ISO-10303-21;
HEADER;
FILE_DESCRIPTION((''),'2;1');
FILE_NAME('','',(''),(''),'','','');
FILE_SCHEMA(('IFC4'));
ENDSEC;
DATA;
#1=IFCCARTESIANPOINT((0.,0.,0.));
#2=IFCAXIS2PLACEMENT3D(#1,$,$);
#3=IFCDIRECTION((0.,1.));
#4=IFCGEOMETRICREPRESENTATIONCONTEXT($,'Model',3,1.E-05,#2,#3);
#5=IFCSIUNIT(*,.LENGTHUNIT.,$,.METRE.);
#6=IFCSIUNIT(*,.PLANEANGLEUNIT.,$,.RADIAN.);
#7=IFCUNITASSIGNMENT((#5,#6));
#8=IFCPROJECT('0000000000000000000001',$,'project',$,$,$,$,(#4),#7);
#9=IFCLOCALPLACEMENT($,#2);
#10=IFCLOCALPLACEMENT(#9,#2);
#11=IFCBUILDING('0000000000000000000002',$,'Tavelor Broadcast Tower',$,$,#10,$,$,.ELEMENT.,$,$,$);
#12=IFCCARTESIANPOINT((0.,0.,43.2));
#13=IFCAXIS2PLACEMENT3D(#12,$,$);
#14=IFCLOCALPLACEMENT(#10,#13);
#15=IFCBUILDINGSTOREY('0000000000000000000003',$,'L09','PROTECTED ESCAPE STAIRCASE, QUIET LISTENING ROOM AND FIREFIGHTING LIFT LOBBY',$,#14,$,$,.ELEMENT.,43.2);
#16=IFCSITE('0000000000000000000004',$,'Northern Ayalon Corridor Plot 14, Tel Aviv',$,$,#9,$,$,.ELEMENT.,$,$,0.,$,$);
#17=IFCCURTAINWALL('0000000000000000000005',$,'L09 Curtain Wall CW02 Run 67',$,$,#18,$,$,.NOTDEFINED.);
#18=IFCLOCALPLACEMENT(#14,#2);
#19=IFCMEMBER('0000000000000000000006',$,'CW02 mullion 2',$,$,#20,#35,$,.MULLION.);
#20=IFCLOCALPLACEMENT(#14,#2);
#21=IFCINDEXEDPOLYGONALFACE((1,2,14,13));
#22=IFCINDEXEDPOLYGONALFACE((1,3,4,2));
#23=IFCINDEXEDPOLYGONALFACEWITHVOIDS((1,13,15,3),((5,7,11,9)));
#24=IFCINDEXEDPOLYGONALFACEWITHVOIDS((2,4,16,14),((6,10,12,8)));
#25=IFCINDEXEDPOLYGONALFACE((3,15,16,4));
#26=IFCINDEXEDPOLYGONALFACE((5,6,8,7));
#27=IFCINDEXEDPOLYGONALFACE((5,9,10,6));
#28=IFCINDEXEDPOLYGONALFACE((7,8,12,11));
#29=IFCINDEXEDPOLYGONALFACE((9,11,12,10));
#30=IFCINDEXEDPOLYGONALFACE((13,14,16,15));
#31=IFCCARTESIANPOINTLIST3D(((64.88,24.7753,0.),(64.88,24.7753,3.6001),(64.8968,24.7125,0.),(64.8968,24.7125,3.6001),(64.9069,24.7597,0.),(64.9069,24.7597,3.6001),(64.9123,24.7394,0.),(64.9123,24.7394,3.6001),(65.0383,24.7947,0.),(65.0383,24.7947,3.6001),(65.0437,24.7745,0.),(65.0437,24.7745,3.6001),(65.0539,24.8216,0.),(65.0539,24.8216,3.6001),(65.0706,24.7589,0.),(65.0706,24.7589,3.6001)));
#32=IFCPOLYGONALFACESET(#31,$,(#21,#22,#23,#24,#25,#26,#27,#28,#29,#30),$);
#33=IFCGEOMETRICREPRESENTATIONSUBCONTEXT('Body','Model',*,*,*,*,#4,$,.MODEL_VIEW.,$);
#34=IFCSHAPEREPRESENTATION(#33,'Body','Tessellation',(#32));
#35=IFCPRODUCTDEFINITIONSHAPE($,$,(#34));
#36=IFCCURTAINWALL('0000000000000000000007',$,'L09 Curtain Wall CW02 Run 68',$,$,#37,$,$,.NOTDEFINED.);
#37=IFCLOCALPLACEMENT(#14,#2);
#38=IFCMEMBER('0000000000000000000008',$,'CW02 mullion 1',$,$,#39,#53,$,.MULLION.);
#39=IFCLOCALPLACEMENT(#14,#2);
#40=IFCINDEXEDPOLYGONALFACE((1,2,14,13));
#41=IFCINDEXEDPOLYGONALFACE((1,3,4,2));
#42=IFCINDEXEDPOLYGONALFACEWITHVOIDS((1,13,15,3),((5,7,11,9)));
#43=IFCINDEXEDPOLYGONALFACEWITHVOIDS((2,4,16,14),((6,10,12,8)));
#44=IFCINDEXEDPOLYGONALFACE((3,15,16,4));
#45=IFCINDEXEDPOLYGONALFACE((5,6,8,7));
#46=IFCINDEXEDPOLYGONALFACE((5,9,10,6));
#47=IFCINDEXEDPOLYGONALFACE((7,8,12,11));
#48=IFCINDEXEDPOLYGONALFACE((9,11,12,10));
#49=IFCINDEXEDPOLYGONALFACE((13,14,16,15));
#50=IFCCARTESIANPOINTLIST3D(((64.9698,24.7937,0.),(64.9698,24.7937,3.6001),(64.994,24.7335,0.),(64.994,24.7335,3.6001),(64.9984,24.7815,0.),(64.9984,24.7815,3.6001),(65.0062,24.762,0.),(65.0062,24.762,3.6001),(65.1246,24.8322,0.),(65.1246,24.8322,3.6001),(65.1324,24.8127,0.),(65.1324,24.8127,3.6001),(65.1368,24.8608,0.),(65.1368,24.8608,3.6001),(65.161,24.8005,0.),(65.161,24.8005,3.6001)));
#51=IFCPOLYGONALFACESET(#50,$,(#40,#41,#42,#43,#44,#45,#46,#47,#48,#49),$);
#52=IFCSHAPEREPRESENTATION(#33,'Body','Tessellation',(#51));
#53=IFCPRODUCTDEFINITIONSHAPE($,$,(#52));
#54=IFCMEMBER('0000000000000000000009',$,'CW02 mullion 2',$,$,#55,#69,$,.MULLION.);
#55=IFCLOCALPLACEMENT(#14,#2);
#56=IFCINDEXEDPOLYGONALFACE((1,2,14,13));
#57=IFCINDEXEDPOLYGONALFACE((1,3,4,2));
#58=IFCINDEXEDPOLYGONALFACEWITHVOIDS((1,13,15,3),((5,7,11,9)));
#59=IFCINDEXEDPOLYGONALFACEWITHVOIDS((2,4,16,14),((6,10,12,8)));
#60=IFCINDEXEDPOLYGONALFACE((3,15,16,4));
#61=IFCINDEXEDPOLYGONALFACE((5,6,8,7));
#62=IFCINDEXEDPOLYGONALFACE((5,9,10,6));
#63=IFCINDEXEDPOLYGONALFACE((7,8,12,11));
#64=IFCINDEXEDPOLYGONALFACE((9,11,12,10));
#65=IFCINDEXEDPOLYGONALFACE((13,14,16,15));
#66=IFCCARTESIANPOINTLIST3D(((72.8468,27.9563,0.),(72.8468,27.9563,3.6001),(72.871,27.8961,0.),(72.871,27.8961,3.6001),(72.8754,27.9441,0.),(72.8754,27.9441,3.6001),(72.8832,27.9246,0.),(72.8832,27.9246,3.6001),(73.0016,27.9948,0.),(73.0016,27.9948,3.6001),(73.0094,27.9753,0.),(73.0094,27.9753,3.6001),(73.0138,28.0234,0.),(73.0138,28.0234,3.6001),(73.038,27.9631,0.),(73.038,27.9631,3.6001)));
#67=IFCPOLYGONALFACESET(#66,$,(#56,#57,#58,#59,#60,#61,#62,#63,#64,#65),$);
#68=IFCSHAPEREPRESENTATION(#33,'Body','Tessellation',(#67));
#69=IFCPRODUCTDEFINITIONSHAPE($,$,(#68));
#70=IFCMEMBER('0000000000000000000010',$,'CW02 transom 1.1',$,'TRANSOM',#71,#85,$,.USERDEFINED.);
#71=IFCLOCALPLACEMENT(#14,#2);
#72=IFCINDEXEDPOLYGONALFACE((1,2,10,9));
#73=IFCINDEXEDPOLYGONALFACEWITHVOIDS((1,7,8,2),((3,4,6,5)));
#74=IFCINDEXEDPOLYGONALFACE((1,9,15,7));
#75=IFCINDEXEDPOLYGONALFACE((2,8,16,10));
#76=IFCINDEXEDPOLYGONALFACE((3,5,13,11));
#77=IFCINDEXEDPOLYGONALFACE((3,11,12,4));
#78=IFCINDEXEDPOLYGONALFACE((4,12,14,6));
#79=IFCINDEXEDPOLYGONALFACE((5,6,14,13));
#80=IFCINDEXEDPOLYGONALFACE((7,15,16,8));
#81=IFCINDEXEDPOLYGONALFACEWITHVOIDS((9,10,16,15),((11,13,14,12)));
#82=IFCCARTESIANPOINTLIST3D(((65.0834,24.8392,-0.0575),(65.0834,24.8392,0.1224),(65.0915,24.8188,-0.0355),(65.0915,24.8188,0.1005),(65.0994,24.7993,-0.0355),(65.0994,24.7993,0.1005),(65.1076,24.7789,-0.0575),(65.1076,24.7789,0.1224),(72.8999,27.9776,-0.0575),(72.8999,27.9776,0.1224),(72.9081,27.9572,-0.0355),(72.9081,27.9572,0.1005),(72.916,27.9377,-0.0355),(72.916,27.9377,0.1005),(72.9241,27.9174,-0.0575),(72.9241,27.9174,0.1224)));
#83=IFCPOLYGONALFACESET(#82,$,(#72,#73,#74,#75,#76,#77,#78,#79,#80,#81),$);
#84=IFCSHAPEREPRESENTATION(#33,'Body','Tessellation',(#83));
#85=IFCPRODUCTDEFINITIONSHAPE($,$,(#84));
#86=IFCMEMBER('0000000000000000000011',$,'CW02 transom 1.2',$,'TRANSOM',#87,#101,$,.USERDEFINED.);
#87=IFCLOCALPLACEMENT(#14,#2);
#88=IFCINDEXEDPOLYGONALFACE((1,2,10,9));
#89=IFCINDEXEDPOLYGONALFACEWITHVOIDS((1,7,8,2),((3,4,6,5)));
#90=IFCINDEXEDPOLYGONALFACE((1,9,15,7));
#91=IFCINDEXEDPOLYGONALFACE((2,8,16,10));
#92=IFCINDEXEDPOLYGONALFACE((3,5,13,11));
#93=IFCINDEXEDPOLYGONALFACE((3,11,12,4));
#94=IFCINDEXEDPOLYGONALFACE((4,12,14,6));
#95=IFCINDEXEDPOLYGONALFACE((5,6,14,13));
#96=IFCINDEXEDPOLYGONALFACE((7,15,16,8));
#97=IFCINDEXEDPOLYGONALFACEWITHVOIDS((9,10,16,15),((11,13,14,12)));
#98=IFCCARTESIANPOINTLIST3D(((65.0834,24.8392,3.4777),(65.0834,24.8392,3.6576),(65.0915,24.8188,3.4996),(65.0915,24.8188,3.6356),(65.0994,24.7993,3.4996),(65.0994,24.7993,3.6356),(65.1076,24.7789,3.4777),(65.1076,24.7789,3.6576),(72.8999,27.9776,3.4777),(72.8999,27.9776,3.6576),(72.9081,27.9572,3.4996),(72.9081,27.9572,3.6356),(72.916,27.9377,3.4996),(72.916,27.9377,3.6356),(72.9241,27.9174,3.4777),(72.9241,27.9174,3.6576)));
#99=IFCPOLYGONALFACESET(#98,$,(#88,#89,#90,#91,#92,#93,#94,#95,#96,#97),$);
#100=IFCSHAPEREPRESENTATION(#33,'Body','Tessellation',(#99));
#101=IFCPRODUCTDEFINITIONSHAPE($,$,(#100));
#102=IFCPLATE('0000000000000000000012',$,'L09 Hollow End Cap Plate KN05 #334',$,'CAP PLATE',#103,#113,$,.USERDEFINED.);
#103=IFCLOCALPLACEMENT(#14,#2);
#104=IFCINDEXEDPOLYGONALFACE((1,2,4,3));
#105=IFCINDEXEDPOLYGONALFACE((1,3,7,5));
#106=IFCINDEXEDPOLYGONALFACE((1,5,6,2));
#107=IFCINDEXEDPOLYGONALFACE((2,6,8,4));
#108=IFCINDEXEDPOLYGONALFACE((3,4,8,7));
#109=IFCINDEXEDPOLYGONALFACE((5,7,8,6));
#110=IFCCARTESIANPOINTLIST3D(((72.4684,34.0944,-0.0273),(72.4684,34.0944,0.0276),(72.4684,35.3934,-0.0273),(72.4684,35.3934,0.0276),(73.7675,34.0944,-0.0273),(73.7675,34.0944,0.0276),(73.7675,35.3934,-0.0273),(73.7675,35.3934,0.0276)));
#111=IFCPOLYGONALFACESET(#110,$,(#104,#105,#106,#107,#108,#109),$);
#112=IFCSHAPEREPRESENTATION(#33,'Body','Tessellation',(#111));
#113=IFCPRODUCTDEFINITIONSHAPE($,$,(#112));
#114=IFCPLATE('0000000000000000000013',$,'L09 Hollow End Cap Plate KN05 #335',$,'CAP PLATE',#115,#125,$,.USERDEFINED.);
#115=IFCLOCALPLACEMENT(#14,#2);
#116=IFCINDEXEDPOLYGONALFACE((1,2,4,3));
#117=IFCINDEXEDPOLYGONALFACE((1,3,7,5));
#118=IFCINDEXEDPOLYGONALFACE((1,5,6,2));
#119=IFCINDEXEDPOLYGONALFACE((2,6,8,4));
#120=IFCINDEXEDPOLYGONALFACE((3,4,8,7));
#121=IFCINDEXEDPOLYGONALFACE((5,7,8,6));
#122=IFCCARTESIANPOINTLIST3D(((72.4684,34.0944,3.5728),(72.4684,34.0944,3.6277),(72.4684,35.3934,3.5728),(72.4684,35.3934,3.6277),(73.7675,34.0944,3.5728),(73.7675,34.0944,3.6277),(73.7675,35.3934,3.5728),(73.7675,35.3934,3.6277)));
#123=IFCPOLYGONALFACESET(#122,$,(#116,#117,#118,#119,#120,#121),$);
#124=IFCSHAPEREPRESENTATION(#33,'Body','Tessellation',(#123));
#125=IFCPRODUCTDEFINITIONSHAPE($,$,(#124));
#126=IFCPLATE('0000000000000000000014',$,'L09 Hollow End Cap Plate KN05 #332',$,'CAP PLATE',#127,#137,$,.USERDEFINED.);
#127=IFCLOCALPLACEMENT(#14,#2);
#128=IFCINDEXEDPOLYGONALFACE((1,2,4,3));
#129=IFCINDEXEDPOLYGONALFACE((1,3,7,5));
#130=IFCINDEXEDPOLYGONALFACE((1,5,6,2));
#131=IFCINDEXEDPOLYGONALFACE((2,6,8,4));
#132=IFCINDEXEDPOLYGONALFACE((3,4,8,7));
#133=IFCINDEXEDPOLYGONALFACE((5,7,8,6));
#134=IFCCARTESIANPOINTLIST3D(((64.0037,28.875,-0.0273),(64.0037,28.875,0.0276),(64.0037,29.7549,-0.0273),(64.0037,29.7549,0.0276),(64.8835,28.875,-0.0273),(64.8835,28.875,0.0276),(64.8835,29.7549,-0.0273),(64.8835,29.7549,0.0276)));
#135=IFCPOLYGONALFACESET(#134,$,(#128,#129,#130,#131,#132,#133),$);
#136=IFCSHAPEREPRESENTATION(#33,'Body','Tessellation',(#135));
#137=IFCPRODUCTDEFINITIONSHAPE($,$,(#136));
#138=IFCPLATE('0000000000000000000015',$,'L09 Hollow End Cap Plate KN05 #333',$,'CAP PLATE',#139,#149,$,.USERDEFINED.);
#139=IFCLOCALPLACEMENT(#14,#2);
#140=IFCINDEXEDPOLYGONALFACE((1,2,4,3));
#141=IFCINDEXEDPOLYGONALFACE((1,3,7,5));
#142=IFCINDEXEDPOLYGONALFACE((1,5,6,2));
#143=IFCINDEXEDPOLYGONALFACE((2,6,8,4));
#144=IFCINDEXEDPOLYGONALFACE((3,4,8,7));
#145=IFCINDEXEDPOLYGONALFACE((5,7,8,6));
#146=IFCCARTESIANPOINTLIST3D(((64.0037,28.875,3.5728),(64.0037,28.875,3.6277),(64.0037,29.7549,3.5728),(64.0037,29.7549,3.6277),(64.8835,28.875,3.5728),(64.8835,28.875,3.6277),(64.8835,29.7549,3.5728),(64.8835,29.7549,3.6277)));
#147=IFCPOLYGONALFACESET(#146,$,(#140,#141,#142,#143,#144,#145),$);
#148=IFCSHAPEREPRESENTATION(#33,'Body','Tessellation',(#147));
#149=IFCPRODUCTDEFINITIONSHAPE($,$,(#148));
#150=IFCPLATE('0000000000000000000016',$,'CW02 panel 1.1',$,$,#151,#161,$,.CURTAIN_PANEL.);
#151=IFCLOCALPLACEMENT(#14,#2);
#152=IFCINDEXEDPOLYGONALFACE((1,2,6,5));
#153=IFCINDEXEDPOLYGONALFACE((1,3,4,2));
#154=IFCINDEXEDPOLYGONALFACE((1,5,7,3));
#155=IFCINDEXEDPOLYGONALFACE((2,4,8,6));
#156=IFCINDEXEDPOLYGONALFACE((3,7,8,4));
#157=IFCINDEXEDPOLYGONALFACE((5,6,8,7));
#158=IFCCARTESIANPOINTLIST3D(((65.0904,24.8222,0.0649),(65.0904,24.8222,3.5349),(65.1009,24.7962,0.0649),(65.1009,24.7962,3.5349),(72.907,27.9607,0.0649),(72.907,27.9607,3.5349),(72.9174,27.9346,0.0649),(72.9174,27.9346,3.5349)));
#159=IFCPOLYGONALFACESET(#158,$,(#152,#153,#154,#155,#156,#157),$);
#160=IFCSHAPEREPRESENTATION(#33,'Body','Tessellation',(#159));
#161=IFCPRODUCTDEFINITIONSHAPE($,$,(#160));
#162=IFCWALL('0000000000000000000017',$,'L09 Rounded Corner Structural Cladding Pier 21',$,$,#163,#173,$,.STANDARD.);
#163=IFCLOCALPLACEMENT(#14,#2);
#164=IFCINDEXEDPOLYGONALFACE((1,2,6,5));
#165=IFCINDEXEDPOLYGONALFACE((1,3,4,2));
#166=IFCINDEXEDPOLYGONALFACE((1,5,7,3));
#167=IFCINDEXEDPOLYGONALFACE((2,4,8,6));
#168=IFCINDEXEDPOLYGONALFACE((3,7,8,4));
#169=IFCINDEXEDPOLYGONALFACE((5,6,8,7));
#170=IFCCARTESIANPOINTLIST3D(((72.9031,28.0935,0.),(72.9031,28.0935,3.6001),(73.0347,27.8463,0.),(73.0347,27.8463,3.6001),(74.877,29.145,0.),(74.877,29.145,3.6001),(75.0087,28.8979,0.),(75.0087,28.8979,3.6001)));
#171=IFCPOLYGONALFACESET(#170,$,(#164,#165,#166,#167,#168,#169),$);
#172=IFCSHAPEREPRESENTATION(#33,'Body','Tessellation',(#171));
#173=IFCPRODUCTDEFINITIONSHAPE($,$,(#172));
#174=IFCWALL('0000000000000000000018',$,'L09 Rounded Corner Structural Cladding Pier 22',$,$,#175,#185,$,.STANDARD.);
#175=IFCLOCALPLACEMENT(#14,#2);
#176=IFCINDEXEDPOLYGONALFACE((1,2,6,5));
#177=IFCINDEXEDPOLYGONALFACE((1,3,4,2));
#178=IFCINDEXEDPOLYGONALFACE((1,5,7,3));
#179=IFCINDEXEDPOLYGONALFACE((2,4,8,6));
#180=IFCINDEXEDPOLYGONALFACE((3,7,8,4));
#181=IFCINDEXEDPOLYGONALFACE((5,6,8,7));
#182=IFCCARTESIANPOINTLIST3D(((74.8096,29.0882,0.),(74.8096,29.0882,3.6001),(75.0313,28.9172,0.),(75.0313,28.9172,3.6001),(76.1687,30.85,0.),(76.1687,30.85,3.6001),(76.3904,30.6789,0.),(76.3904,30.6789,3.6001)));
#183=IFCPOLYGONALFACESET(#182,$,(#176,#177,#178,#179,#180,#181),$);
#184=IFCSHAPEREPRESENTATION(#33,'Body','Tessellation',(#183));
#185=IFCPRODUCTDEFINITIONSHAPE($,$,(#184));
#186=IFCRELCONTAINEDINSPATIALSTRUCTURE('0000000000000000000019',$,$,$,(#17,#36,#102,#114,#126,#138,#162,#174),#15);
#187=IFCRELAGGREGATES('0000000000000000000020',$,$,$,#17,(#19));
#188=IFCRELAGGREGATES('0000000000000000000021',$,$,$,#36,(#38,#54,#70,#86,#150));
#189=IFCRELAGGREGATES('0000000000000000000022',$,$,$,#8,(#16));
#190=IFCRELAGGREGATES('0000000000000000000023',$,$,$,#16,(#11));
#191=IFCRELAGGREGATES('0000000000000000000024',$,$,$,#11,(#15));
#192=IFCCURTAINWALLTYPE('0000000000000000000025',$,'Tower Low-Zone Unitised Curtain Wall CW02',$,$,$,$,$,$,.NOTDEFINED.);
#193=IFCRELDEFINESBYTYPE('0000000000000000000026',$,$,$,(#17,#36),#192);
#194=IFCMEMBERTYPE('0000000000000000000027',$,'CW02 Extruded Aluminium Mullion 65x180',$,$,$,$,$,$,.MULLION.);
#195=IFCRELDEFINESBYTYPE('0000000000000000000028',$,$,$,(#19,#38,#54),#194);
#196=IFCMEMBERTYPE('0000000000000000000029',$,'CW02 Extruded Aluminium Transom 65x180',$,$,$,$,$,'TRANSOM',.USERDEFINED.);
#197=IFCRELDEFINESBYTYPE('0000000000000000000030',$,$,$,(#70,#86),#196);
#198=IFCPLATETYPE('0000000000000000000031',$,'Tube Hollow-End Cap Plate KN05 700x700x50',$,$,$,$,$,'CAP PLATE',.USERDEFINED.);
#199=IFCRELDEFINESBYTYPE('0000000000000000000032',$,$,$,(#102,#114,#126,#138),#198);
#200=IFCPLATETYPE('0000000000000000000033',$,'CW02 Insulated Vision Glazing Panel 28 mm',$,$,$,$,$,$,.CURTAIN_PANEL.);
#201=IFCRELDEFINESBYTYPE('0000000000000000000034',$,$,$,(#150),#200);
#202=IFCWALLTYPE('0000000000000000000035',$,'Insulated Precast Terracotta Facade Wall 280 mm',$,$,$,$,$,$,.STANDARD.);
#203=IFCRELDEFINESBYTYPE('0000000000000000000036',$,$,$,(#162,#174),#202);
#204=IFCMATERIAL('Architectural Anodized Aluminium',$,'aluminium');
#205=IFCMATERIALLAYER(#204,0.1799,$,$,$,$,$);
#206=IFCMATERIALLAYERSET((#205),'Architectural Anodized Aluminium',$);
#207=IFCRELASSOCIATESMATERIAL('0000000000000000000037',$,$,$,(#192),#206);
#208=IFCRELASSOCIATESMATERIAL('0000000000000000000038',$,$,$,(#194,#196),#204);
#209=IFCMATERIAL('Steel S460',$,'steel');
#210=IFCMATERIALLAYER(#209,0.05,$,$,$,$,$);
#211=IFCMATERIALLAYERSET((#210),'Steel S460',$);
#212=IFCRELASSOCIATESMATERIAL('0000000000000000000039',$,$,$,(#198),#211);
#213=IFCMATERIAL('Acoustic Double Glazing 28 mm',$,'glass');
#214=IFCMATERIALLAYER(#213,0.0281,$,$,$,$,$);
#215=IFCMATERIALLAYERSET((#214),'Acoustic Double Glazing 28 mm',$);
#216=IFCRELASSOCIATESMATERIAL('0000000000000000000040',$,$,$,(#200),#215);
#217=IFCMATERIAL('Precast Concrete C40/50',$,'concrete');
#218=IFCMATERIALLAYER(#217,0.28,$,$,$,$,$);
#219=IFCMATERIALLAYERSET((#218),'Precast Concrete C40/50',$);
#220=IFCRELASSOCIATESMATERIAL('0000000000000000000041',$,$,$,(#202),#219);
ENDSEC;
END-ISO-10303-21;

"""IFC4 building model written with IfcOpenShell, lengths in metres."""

from ifc_helpers import new_model, si_unit, direction, frame, frame_2d, origin, origin_2d, place, context, subcontext, project, spatial, rectangle, hollow_rectangle, extrude, source, transform, mapped, material, layer, layer_set, material_profile, profile_set, type_object, type_shapes, element, aggregate, save


model = new_model("IFC4")

# Units and contexts
model_context = context("Model", 3, precision=1e-05, world=origin(), true_north=direction((0.0, 1.0)))
body_context = subcontext(model_context, "Body", "Model", "MODEL_VIEW")
ifc_project = project(units=[si_unit("LENGTHUNIT", "METRE"), si_unit("PLANEANGLEUNIT", "RADIAN")], contexts=[model_context])

# Site, building, storey
site_placement = place(None, origin())
site = spatial("IfcSite", under=ifc_project, at=site_placement, Name="Northern Ayalon Corridor Plot 14, Tel Aviv", CompositionType="ELEMENT", RefElevation=0.0)
building_placement = place(site_placement, origin())
building = spatial("IfcBuilding", under=site, at=building_placement, Name="Tavelor Broadcast Tower", CompositionType="ELEMENT")
storey_placement = place(building_placement, frame((0.0, 0.0, 43.2)))
storey = spatial("IfcBuildingStorey", under=building, at=storey_placement, Name="L09", Description="PROTECTED ESCAPE STAIRCASE, QUIET LISTENING ROOM AND FIREFIGHTING LIFT LOBBY", CompositionType="ELEMENT", Elevation=43.2)

# Shared definitions
ifc_material_1 = material(Name="Steel S460", Category="steel")

# Curtain wall, member
ifc_material_2 = material(Name="Architectural Anodized Aluminium", Category="aluminium")
ifc_layer_1 = layer(ifc_material_2, 0.1799)
ifc_layer_set_1 = layer_set([ifc_layer_1], Name="Architectural Anodized Aluminium")
curtain_wall_type = type_object("IfcCurtainWallType", Name="Tower Low-Zone Unitised Curtain Wall CW02", PredefinedType="NOTDEFINED", material=ifc_layer_set_1)
curtain_wall_1_placement = place(storey_placement, origin())
curtain_wall_1 = element("IfcCurtainWall", 1, at=curtain_wall_1_placement, inside=storey, type_object=curtain_wall_type, Name="L09 Curtain Wall CW02 Run 67", PredefinedType="NOTDEFINED")
ifc_material_profile_1 = material_profile(ifc_material_2, hollow_rectangle(XDim=0.0649, YDim=0.1799, WallThickness=0.022, at=origin_2d()), Name="RHS 65x180x22")
ifc_profile_set_1 = profile_set([ifc_material_profile_1], Name="Architectural Anodized Aluminium")
member_type_1 = type_object("IfcMemberType", Name="CW02 Extruded Aluminium Mullion 65x180", PredefinedType="MULLION", material=ifc_profile_set_1)
shared_shape_1 = source(origin(), body_context, "Body", "SweptSolid", [
    extrude(hollow_rectangle(XDim=0.0649, YDim=0.1799, WallThickness=0.022, at=origin_2d()), origin(), (0.0, 0.0, 1.0), 3.6001),
])
type_shapes(member_type_1, [shared_shape_1])
member_1_placement = place(storey_placement, frame((64.9753, 24.7671, 0.0), z_axis=(0.0, 0.0, 1.0), x_axis=(-0.257574, 0.966259, 0.0)))
member_1 = element("IfcMember", 2, at=member_1_placement, type_object=member_type_1, Name="CW02 mullion 2", PredefinedType="MULLION", context=body_context, shape_type="MappedRepresentation", body=[
    mapped(shared_shape_1, transform((0.0, 0.0, 0.0), scale=1.0)),
])
aggregate(curtain_wall_1, [member_1])

# Curtain wall, members
curtain_wall_2_placement = place(storey_placement, origin())
curtain_wall_2 = element("IfcCurtainWall", 3, at=curtain_wall_2_placement, inside=storey, type_object=curtain_wall_type, Name="L09 Curtain Wall CW02 Run 68", PredefinedType="NOTDEFINED")
member_2_placement = place(storey_placement, frame((65.0654, 24.7971, 0.0), z_axis=(0.0, 0.0, 1.0), x_axis=(-0.372598, 0.927993, 0.0)))
member_2 = element("IfcMember", 4, at=member_2_placement, type_object=member_type_1, Name="CW02 mullion 1", PredefinedType="MULLION", context=body_context, shape_type="MappedRepresentation", body=[
    mapped(shared_shape_1, transform((0.0, 0.0, 0.0), scale=1.0)),
])
member_3_placement = place(storey_placement, frame((72.9424, 27.9597, 0.0), z_axis=(0.0, 0.0, 1.0), x_axis=(-0.372598, 0.927993, 0.0)))
member_3 = element("IfcMember", 5, at=member_3_placement, type_object=member_type_1, Name="CW02 mullion 2", PredefinedType="MULLION", context=body_context, shape_type="MappedRepresentation", body=[
    mapped(shared_shape_1, transform((0.0, 0.0, 0.0), scale=1.0)),
])
ifc_material_profile_2 = material_profile(ifc_material_2, hollow_rectangle(XDim=0.0649, YDim=0.1799, WallThickness=0.022, at=origin_2d()), Name="RHS 65x180x22")
ifc_profile_set_2 = profile_set([ifc_material_profile_2], Name="Architectural Anodized Aluminium")
member_type_2 = type_object("IfcMemberType", Name="CW02 Extruded Aluminium Transom 65x180", ElementType="TRANSOM", PredefinedType="USERDEFINED", material=ifc_profile_set_2)
shared_shape_2 = source(origin(), body_context, "Body", "SweptSolid", [
    extrude(hollow_rectangle(XDim=0.0649, YDim=0.1799, WallThickness=0.022, at=origin_2d()), origin(), (0.0, 0.0, 1.0), 8.4231),
])
type_shapes(member_type_2, [shared_shape_2])
member_4_placement = place(storey_placement, frame((65.0955, 24.8091, 0.0325), z_axis=(0.927994, 0.372595, 0.0), x_axis=(-0.372595, 0.927994, 0.0)))
member_4 = element("IfcMember", 6, at=member_4_placement, type_object=member_type_2, Name="CW02 transom 1.1", ObjectType="TRANSOM", PredefinedType="USERDEFINED", context=body_context, shape_type="MappedRepresentation", body=[
    mapped(shared_shape_2, transform((0.0, 0.0, 0.0), scale=1.0)),
])
member_5_placement = place(storey_placement, frame((65.0955, 24.8091, 3.5676), z_axis=(0.927994, 0.372595, 0.0), x_axis=(-0.372595, 0.927994, 0.0)))
member_5 = element("IfcMember", 7, at=member_5_placement, type_object=member_type_2, Name="CW02 transom 1.2", ObjectType="TRANSOM", PredefinedType="USERDEFINED", context=body_context, shape_type="MappedRepresentation", body=[
    mapped(shared_shape_2, transform((0.0, 0.0, 0.0), scale=1.0)),
])

# Plates
ifc_layer_2 = layer(ifc_material_1, 0.05)
ifc_layer_set_2 = layer_set([ifc_layer_2], Name="Steel S460")
plate_type_1 = type_object("IfcPlateType", Name="Tube Hollow-End Cap Plate KN05 700x700x50", ElementType="CAP PLATE", PredefinedType="USERDEFINED", material=ifc_layer_set_2)
shared_shape_3 = source(origin(), body_context, "Body", "SweptSolid", [
    extrude(rectangle(XDim=1.2991, YDim=1.2991, at=origin_2d()), origin(), (0.0, 0.0, 1.0), 0.0549),
])
for number, where, z_axis, x_axis, name in (
    (8, (73.1179, 34.7439, -0.0273), (0.0, 0.0, 1.0), (1.0, 0.0, 0.0), "L09 Hollow End Cap Plate KN05 #334"),
    (9, (73.1179, 34.7439, 3.5728), (0.0, 0.0, 1.0), (1.0, 0.0, 0.0), "L09 Hollow End Cap Plate KN05 #335"),
):
    element("IfcPlate", number, at=place(storey_placement, frame(where, z_axis=z_axis, x_axis=x_axis)), inside=storey, type_object=plate_type_1, Name=name, ObjectType="CAP PLATE", PredefinedType="USERDEFINED", context=body_context, shape_type="MappedRepresentation", body=[
        mapped(shared_shape_3, transform((0.0, 0.0, 0.0), scale=1.0)),
    ])
shared_shape_4 = source(origin(), body_context, "Body", "SweptSolid", [
    extrude(rectangle(XDim=0.8799, YDim=0.8799, at=origin_2d()), origin(), (0.0, 0.0, 1.0), 0.0549),
])
type_shapes(plate_type_1, [shared_shape_3, shared_shape_4])
for number, where, z_axis, x_axis, name in (
    (10, (64.4436, 29.3149, -0.0273), (0.0, 0.0, 1.0), (1.0, 0.0, 0.0), "L09 Hollow End Cap Plate KN05 #332"),
    (11, (64.4436, 29.3149, 3.5728), (0.0, 0.0, 1.0), (1.0, 0.0, 0.0), "L09 Hollow End Cap Plate KN05 #333"),
):
    element("IfcPlate", number, at=place(storey_placement, frame(where, z_axis=z_axis, x_axis=x_axis)), inside=storey, type_object=plate_type_1, Name=name, ObjectType="CAP PLATE", PredefinedType="USERDEFINED", context=body_context, shape_type="MappedRepresentation", body=[
        mapped(shared_shape_4, transform((0.0, 0.0, 0.0), scale=1.0)),
    ])

# Plate
ifc_material_3 = material(Name="Acoustic Double Glazing 28 mm", Category="glass")
ifc_layer_3 = layer(ifc_material_3, 0.0281)
ifc_layer_set_3 = layer_set([ifc_layer_3], Name="Acoustic Double Glazing 28 mm")
plate_type_2 = type_object("IfcPlateType", Name="CW02 Insulated Vision Glazing Panel 28 mm", PredefinedType="CURTAIN_PANEL", material=ifc_layer_set_3)
shared_shape_5 = source(origin(), body_context, "Body", "SweptSolid", [
    extrude(rectangle(XDim=8.4231, YDim=0.0281, at=origin_2d()), origin(), (0.0, 0.0, 1.0), 3.47),
])
type_shapes(plate_type_2, [shared_shape_5])
plate_placement = place(storey_placement, frame((69.0039, 26.3784, 0.0649), z_axis=(0.0, 0.0, 1.0), x_axis=(0.927993, 0.372598, 0.0)))
plate = element("IfcPlate", 12, at=plate_placement, type_object=plate_type_2, Name="CW02 panel 1.1", PredefinedType="CURTAIN_PANEL", context=body_context, shape_type="MappedRepresentation", body=[
    mapped(shared_shape_5, transform((0.0, 0.0, 0.0), scale=1.0)),
])
aggregate(curtain_wall_2, [member_2, member_3, member_4, member_5, plate])

# Walls
ifc_material_4 = material(Name="Precast Concrete C40/50", Category="concrete")
ifc_layer_4 = layer(ifc_material_4, 0.28)
ifc_layer_set_4 = layer_set([ifc_layer_4], Name="Precast Concrete C40/50")
wall_type_1 = type_object("IfcWallType", Name="Insulated Precast Terracotta Facade Wall 280 mm", PredefinedType="STANDARD", material=ifc_layer_set_4)
wall_1_placement = place(storey_placement, frame((72.969, 27.97, 0.0), z_axis=(0.0, 0.0, 1.0), x_axis=(0.882579, 0.470163, 0.0)))
element("IfcWall", 13, at=wall_1_placement, inside=storey, type_object=wall_type_1, Name="L09 Rounded Corner Structural Cladding Pier 21", PredefinedType="STANDARD", context=body_context, shape_type="SweptSolid", body=[
    extrude(rectangle(XDim=2.2366, YDim=0.28, at=frame_2d((1.1182, 0.0))), origin(), (0.0, 0.0, 1.0), 3.6001),
])
wall_2_placement = place(storey_placement, frame((74.9204, 29.0027, 0.0), z_axis=(0.0, 0.0, 1.0), x_axis=(0.610829, 0.791763, 0.0)))
element("IfcWall", 14, at=wall_2_placement, inside=storey, type_object=wall_type_1, Name="L09 Rounded Corner Structural Cladding Pier 22", PredefinedType="STANDARD", context=body_context, shape_type="SweptSolid", body=[
    extrude(rectangle(XDim=2.2251, YDim=0.28, at=frame_2d((1.1125, 0.0))), origin(), (0.0, 0.0, 1.0), 3.6001),
])

save(model, "model.ifc")
